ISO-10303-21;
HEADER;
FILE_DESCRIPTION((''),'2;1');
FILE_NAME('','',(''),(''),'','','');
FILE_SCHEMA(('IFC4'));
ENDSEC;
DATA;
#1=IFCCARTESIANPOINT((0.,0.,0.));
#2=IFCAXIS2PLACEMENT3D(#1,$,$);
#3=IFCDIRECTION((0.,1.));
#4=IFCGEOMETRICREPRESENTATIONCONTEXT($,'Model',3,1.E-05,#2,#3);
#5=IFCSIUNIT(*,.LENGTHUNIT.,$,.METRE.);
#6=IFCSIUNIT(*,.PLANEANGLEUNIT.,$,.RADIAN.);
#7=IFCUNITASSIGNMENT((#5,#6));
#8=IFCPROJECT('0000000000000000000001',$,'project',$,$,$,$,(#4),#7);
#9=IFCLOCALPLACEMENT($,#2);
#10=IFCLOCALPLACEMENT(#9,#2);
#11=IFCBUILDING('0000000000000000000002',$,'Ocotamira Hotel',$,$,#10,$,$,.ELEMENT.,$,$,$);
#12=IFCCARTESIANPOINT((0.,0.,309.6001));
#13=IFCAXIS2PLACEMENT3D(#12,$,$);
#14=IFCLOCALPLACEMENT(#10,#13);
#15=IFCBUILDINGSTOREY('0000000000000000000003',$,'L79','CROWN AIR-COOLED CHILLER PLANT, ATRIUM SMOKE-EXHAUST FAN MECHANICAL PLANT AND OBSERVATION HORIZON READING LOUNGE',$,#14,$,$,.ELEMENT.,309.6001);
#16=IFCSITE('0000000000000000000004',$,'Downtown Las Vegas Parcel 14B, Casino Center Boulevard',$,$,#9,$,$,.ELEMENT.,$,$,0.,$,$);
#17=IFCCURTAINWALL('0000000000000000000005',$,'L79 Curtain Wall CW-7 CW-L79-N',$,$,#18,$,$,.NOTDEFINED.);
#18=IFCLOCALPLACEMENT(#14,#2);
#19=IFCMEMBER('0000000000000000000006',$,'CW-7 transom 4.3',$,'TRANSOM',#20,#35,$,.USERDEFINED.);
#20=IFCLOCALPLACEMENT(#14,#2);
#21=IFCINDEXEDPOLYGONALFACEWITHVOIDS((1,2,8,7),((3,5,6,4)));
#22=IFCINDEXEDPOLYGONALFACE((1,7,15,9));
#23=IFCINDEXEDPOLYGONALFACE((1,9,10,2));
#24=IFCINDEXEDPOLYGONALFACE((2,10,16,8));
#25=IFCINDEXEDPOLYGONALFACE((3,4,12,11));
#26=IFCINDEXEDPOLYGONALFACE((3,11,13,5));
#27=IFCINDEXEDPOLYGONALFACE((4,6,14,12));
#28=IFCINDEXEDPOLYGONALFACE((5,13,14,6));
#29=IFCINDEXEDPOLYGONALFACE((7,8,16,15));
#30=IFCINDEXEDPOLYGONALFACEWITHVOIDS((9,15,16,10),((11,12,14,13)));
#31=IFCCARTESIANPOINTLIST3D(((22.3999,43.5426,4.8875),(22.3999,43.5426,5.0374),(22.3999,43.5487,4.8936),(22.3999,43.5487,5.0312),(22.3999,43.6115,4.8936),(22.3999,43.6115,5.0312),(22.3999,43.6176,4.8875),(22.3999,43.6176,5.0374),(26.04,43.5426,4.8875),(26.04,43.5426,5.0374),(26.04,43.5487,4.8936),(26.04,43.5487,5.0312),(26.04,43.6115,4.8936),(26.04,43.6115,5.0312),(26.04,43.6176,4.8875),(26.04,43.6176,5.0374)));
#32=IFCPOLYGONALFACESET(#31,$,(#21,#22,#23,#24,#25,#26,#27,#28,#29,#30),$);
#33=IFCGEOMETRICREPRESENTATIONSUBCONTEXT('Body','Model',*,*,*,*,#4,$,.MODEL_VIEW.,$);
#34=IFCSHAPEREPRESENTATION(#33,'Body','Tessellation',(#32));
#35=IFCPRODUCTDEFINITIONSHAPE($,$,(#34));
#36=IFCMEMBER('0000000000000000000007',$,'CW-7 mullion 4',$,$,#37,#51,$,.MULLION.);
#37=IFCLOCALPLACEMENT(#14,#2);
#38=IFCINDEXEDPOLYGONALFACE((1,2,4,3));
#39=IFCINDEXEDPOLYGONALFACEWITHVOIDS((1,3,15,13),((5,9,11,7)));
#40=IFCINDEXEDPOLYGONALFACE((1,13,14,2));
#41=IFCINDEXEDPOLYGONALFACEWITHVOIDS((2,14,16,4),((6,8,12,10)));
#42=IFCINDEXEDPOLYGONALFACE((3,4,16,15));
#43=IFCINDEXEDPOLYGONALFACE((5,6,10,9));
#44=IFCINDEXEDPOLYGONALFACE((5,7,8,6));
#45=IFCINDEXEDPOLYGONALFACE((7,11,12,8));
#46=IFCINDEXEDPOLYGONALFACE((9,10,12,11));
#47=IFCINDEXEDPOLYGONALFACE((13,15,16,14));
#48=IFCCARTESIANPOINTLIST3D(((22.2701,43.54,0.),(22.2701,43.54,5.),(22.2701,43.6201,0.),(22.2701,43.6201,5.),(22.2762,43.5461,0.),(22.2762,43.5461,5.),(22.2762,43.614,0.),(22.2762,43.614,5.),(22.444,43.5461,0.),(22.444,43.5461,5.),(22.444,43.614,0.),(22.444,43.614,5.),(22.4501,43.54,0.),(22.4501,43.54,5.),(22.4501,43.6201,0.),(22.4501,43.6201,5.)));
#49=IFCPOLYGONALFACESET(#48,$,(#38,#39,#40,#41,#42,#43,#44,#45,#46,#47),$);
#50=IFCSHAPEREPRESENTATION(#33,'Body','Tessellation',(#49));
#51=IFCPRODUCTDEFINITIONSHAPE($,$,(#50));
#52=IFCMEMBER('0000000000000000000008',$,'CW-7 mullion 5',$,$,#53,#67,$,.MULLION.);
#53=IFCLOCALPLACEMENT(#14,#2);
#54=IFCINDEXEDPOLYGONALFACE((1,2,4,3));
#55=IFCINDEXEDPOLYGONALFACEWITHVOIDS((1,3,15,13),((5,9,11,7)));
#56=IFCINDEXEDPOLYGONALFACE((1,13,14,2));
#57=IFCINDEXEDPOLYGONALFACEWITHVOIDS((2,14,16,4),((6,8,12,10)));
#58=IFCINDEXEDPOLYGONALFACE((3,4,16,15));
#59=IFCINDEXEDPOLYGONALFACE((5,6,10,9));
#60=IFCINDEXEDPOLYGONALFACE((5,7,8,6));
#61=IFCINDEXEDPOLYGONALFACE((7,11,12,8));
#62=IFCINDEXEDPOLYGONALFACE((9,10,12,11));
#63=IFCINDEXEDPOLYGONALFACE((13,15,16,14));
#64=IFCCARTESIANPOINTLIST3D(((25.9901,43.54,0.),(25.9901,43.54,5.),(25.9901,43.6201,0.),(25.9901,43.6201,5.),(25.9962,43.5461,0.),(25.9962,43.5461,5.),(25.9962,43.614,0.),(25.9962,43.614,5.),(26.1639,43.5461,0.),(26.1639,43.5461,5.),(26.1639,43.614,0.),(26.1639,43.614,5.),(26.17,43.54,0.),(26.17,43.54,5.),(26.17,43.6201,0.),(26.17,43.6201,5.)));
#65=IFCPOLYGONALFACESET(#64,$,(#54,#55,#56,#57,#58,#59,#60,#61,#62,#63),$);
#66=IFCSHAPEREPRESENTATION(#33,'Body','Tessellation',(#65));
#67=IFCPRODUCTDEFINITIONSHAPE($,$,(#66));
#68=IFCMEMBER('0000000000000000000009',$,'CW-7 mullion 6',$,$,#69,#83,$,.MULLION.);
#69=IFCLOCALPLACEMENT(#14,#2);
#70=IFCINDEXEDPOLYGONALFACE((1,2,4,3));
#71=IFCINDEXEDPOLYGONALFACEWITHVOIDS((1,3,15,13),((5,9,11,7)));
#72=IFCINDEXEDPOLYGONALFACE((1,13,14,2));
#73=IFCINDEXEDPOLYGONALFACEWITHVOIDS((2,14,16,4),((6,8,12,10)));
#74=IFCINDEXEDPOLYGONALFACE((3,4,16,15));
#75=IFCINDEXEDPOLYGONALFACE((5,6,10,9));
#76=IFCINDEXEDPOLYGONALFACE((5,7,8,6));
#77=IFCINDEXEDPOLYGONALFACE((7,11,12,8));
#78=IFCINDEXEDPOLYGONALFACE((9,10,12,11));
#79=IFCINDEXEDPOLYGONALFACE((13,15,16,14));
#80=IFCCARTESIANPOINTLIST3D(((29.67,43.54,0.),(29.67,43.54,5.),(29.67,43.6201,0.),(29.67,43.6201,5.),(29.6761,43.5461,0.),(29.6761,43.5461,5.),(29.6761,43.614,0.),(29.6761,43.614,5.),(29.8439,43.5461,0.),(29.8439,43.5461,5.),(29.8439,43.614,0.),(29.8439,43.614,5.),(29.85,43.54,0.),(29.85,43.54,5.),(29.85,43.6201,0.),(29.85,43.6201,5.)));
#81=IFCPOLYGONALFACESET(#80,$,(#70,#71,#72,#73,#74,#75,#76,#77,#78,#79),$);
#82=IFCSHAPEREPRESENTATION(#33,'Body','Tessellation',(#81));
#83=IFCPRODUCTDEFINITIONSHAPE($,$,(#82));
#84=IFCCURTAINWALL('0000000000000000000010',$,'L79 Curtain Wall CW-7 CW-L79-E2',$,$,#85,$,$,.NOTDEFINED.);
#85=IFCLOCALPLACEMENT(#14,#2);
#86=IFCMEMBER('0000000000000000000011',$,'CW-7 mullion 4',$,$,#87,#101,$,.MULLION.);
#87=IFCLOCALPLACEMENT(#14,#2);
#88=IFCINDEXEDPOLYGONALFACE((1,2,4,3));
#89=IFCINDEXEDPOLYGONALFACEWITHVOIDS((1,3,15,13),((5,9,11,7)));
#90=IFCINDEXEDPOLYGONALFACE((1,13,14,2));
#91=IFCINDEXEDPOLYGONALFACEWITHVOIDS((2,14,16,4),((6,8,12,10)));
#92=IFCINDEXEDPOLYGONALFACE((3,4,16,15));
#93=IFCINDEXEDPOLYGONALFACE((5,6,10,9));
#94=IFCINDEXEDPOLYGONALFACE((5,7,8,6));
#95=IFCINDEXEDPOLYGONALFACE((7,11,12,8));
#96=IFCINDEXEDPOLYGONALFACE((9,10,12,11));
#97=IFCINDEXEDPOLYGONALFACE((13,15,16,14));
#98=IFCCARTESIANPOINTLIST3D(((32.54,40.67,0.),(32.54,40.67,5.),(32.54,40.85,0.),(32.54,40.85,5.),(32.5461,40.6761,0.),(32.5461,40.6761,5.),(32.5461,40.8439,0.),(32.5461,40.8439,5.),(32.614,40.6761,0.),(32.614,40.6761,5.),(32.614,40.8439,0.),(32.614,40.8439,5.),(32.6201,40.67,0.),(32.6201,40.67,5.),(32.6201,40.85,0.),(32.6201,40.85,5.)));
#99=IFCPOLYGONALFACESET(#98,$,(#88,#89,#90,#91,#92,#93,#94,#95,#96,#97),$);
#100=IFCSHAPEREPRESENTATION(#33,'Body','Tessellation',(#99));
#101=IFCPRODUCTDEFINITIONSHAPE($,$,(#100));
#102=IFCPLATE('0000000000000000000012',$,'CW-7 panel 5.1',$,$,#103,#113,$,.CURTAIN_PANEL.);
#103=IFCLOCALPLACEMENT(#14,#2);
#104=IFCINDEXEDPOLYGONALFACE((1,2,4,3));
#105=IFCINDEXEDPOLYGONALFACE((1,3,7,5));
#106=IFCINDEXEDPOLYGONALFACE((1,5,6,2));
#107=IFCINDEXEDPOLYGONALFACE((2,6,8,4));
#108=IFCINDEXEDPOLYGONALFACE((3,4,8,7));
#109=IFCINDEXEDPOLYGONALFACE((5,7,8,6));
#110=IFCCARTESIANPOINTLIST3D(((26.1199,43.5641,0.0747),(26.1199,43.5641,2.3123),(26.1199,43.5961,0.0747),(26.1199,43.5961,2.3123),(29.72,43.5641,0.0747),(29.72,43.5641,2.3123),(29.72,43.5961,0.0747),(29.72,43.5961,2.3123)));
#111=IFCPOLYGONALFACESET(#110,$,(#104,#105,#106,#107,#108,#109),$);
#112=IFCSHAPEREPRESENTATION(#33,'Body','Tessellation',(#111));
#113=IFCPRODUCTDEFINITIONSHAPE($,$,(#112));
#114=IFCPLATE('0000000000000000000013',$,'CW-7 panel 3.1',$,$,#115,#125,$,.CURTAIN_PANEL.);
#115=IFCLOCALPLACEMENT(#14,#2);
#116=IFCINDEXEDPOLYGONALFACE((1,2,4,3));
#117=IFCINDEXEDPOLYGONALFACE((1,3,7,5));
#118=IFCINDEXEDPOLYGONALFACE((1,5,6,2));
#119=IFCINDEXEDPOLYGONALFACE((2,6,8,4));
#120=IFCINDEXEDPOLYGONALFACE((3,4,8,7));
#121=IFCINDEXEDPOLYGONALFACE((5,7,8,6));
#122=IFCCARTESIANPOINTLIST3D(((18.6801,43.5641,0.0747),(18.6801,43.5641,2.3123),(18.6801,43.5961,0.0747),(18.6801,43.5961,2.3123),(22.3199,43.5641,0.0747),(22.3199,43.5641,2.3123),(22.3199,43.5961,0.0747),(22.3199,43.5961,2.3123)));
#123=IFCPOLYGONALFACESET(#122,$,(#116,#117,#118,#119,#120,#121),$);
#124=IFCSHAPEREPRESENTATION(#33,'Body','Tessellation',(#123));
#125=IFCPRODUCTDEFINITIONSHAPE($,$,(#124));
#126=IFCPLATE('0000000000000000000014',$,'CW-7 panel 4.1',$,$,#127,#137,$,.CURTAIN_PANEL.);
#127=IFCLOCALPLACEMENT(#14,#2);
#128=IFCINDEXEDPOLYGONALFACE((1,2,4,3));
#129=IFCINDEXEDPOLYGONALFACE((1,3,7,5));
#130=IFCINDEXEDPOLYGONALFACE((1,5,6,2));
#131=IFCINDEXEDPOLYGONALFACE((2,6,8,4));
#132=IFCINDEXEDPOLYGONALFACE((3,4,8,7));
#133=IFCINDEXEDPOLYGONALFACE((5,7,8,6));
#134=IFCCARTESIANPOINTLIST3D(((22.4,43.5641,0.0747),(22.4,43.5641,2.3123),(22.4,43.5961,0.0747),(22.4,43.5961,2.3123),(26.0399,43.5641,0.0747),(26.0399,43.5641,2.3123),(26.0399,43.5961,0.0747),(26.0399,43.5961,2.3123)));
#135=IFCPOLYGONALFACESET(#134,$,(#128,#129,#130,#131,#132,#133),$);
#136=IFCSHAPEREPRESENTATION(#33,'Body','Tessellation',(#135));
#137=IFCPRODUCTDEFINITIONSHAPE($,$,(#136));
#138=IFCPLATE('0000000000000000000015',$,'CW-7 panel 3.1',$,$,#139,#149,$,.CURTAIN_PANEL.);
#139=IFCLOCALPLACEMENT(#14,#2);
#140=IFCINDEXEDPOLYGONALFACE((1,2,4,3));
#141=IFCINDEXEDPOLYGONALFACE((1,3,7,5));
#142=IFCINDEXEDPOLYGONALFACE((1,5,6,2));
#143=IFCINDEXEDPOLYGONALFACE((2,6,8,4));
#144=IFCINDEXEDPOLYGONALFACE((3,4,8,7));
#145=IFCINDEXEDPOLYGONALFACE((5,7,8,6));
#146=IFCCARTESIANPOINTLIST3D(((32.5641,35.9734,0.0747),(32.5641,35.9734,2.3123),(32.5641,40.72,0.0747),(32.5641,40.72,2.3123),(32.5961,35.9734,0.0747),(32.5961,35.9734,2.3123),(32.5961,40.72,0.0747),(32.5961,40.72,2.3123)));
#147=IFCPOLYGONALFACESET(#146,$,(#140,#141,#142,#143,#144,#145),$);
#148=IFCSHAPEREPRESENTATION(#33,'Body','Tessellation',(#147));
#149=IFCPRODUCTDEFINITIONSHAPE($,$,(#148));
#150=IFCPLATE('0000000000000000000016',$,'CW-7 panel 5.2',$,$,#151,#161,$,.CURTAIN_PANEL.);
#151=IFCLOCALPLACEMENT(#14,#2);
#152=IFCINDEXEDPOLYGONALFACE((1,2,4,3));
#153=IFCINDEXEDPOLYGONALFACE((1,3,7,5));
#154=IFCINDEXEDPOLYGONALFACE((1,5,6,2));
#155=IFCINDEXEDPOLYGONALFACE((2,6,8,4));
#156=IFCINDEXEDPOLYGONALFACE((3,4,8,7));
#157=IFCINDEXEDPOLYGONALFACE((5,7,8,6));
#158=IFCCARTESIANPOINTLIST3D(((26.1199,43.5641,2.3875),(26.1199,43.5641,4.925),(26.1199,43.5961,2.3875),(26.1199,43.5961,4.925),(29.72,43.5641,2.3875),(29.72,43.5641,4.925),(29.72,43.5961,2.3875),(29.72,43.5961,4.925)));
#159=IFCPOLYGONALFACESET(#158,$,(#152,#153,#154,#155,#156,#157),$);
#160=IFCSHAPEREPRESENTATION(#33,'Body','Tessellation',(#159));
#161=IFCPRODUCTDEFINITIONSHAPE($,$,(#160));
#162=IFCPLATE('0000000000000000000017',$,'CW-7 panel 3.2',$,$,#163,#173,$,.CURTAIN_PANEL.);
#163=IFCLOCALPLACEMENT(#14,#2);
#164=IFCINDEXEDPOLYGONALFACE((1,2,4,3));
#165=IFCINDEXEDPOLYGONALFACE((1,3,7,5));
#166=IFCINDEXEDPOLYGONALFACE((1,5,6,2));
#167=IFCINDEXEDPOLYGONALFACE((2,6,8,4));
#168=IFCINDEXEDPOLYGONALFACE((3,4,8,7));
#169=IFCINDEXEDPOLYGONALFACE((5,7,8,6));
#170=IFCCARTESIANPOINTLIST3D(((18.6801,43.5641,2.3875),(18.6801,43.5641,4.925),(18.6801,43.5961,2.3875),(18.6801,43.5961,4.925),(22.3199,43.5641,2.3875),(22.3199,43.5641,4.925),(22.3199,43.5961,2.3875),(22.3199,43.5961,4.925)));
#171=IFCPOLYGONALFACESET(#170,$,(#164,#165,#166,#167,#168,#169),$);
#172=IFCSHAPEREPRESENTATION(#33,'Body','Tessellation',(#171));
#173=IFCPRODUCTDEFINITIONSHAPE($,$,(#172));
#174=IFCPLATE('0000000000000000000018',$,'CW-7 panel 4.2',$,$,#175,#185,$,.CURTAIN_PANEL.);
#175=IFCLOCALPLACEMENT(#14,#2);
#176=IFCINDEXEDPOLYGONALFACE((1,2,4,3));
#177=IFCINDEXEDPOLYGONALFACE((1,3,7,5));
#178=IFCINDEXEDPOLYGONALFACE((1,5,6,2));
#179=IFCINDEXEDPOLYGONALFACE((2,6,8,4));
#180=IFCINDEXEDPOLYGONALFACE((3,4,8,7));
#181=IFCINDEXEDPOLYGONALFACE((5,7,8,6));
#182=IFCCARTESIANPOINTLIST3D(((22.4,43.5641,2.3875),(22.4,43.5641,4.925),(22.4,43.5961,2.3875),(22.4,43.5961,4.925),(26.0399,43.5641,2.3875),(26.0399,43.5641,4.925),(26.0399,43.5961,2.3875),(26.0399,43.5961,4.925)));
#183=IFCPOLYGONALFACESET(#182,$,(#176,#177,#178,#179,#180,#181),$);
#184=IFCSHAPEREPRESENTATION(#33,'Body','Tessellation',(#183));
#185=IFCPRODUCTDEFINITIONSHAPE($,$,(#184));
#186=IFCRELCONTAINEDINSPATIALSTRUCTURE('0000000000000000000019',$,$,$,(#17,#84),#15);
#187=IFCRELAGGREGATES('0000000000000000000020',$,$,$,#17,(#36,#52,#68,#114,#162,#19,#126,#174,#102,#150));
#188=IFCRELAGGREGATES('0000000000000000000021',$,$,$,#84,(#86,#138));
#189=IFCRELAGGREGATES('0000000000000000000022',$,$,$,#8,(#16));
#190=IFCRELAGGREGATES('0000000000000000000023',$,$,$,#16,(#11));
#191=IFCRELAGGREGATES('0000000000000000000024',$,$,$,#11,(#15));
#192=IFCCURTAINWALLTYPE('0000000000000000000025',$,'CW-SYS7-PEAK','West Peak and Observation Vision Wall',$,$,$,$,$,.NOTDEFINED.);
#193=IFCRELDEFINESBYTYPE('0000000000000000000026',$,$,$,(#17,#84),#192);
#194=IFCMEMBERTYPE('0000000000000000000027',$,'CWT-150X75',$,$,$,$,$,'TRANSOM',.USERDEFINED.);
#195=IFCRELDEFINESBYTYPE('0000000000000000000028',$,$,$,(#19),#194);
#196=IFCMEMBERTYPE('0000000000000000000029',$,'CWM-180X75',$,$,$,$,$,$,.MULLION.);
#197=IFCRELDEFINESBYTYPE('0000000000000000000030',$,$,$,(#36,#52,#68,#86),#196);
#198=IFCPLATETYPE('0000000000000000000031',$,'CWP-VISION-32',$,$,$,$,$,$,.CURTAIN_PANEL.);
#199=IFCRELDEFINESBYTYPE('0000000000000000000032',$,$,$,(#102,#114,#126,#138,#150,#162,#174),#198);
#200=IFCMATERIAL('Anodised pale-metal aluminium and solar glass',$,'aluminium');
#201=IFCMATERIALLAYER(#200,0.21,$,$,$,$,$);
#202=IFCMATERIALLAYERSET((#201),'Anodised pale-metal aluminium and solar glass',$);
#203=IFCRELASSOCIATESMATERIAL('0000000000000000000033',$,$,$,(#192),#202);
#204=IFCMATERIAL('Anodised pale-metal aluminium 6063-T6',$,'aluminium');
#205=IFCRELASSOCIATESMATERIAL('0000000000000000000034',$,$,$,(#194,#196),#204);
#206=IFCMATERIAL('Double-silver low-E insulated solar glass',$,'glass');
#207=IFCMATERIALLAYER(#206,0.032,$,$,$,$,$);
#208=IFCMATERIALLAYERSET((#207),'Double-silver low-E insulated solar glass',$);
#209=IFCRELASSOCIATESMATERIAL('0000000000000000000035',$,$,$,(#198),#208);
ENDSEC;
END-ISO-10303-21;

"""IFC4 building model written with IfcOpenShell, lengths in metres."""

from ifc_helpers import new_model, si_unit, direction, frame, origin, origin_2d, place, context, subcontext, project, spatial, rectangle, hollow_rectangle, extrude, source, transform, mapped, material, layer, layer_set, material_profile, profile_set, type_object, element, aggregate, save


model = new_model("IFC4")

# Units and contexts
model_context = context("Model", 3, precision=1e-05, world=origin(), true_north=direction((0.0, 1.0)))
body_context = subcontext(model_context, "Body", "Model", "MODEL_VIEW")
ifc_project = project(units=[si_unit("LENGTHUNIT", "METRE"), si_unit("PLANEANGLEUNIT", "RADIAN")], contexts=[model_context])

# Site, building, storey
site_placement = place(None, origin())
site = spatial("IfcSite", under=ifc_project, at=site_placement, Name="Downtown Las Vegas Parcel 14B, Casino Center Boulevard", CompositionType="ELEMENT", RefElevation=0.0)
building_placement = place(site_placement, origin())
building = spatial("IfcBuilding", under=site, at=building_placement, Name="Ocotamira Hotel", CompositionType="ELEMENT")
storey_placement = place(building_placement, frame((0.0, 0.0, 309.6001)))
storey = spatial("IfcBuildingStorey", under=building, at=storey_placement, Name="L79", Description="CROWN AIR-COOLED CHILLER PLANT, ATRIUM SMOKE-EXHAUST FAN MECHANICAL PLANT AND OBSERVATION HORIZON READING LOUNGE", CompositionType="ELEMENT", Elevation=309.6001)

# Curtain wall, members
ifc_material_1 = material(Name="Anodised pale-metal aluminium and solar glass", Category="aluminium")
ifc_layer_1 = layer(ifc_material_1, 0.21)
ifc_layer_set_1 = layer_set([ifc_layer_1], Name="Anodised pale-metal aluminium and solar glass")
curtain_wall_type = type_object("IfcCurtainWallType", Name="CW-SYS7-PEAK", Description="West Peak and Observation Vision Wall", PredefinedType="NOTDEFINED", material=ifc_layer_set_1)
curtain_wall_1_placement = place(storey_placement, origin())
curtain_wall_1 = element("IfcCurtainWall", 1, at=curtain_wall_1_placement, inside=storey, type_object=curtain_wall_type, Name="L79 Curtain Wall CW-7 CW-L79-N", PredefinedType="NOTDEFINED")
ifc_material_2 = material(Name="Anodised pale-metal aluminium 6063-T6", Category="aluminium")
ifc_material_profile_1 = material_profile(ifc_material_2, hollow_rectangle(XDim=0.075, YDim=0.1499, WallThickness=0.0061, at=origin_2d()), Name="HSS150X75X6")
ifc_profile_set_1 = profile_set([ifc_material_profile_1], Name="Anodised pale-metal aluminium 6063-T6")
member_type_1 = type_object("IfcMemberType", Name="CWT-150X75", ElementType="TRANSOM", PredefinedType="USERDEFINED", material=ifc_profile_set_1)
shared_shape_1 = source(origin(), body_context, "Body", "SweptSolid", [
    extrude(hollow_rectangle(XDim=0.075, YDim=0.1499, WallThickness=0.0061, at=origin_2d()), origin(), (0.0, 0.0, 1.0), 3.6401),
])
member_1_placement = place(storey_placement, frame((22.3999, 43.5801, 4.9624), z_axis=(1.0, 0.0, 0.0), x_axis=(0.0, 1.0, 0.0)))
member_1 = element("IfcMember", 2, at=member_1_placement, type_object=member_type_1, Name="CW-7 transom 4.3", ObjectType="TRANSOM", PredefinedType="USERDEFINED", context=body_context, shape_type="MappedRepresentation", body=[
    mapped(shared_shape_1, transform((0.0, 0.0, 0.0), scale=1.0)),
])
ifc_material_profile_2 = material_profile(ifc_material_2, hollow_rectangle(XDim=0.0801, YDim=0.1799, WallThickness=0.0061, at=origin_2d()), Name="HSS180X80X6")
ifc_profile_set_2 = profile_set([ifc_material_profile_2], Name="Anodised pale-metal aluminium 6063-T6")
member_type_2 = type_object("IfcMemberType", Name="CWM-180X75", PredefinedType="MULLION", material=ifc_profile_set_2)
shared_shape_2 = source(origin(), body_context, "Body", "SweptSolid", [
    extrude(hollow_rectangle(XDim=0.0801, YDim=0.1799, WallThickness=0.0061, at=origin_2d()), origin(), (0.0, 0.0, 1.0), 5.0),
])
member_2_placement = place(storey_placement, frame((22.3601, 43.5801, 0.0), z_axis=(0.0, 0.0, 1.0), x_axis=(0.0, 1.0, 0.0)))
member_2 = element("IfcMember", 3, at=member_2_placement, type_object=member_type_2, Name="CW-7 mullion 4", PredefinedType="MULLION", context=body_context, shape_type="MappedRepresentation", body=[
    mapped(shared_shape_2, transform((0.0, 0.0, 0.0), scale=1.0)),
])
member_3_placement = place(storey_placement, frame((26.0801, 43.5801, 0.0), z_axis=(0.0, 0.0, 1.0), x_axis=(0.0, 1.0, 0.0)))
member_3 = element("IfcMember", 4, at=member_3_placement, type_object=member_type_2, Name="CW-7 mullion 5", PredefinedType="MULLION", context=body_context, shape_type="MappedRepresentation", body=[
    mapped(shared_shape_2, transform((0.0, 0.0, 0.0), scale=1.0)),
])
member_4_placement = place(storey_placement, frame((29.76, 43.5801, 0.0), z_axis=(0.0, 0.0, 1.0), x_axis=(0.0, 1.0, 0.0)))
member_4 = element("IfcMember", 5, at=member_4_placement, type_object=member_type_2, Name="CW-7 mullion 6", PredefinedType="MULLION", context=body_context, shape_type="MappedRepresentation", body=[
    mapped(shared_shape_2, transform((0.0, 0.0, 0.0), scale=1.0)),
])

# Curtain wall, member
curtain_wall_2_placement = place(storey_placement, origin())
curtain_wall_2 = element("IfcCurtainWall", 6, at=curtain_wall_2_placement, inside=storey, type_object=curtain_wall_type, Name="L79 Curtain Wall CW-7 CW-L79-E2", PredefinedType="NOTDEFINED")
member_5_placement = place(storey_placement, frame((32.5801, 40.76, 0.0), z_axis=(0.0, 0.0, 1.0), x_axis=(-1.0, 0.0, 0.0)))
member_5 = element("IfcMember", 7, at=member_5_placement, type_object=member_type_2, Name="CW-7 mullion 4", PredefinedType="MULLION", context=body_context, shape_type="MappedRepresentation", body=[
    mapped(shared_shape_2, transform((0.0, 0.0, 0.0), scale=1.0)),
])

# Plates
ifc_material_3 = material(Name="Double-silver low-E insulated solar glass", Category="glass")
ifc_layer_2 = layer(ifc_material_3, 0.032)
ifc_layer_set_2 = layer_set([ifc_layer_2], Name="Double-silver low-E insulated solar glass")
plate_type = type_object("IfcPlateType", Name="CWP-VISION-32", PredefinedType="CURTAIN_PANEL", material=ifc_layer_set_2)
shared_shape_3 = source(origin(), body_context, "Body", "SweptSolid", [
    extrude(rectangle(XDim=3.6001, YDim=0.032, at=origin_2d()), origin(), (0.0, 0.0, 1.0), 2.2375),
])
plate_1_placement = place(storey_placement, frame((27.9199, 43.5801, 0.0747), z_axis=(0.0, 0.0, 1.0), x_axis=(1.0, 0.0, 0.0)))
plate_1 = element("IfcPlate", 8, at=plate_1_placement, type_object=plate_type, Name="CW-7 panel 5.1", PredefinedType="CURTAIN_PANEL", context=body_context, shape_type="MappedRepresentation", body=[
    mapped(shared_shape_3, transform((0.0, 0.0, 0.0), scale=1.0)),
])
shared_shape_4 = source(origin(), body_context, "Body", "SweptSolid", [
    extrude(rectangle(XDim=3.6399, YDim=0.032, at=origin_2d()), origin(), (0.0, 0.0, 1.0), 2.2375),
])
plate_2_placement = place(storey_placement, frame((20.5, 43.5801, 0.0747), z_axis=(0.0, 0.0, 1.0), x_axis=(1.0, 0.0, 0.0)))
plate_2 = element("IfcPlate", 9, at=plate_2_placement, type_object=plate_type, Name="CW-7 panel 3.1", PredefinedType="CURTAIN_PANEL", context=body_context, shape_type="MappedRepresentation", body=[
    mapped(shared_shape_4, transform((0.0, 0.0, 0.0), scale=1.0)),
])
plate_3_placement = place(storey_placement, frame((24.22, 43.5801, 0.0747), z_axis=(0.0, 0.0, 1.0), x_axis=(1.0, 0.0, 0.0)))
plate_3 = element("IfcPlate", 10, at=plate_3_placement, type_object=plate_type, Name="CW-7 panel 4.1", PredefinedType="CURTAIN_PANEL", context=body_context, shape_type="MappedRepresentation", body=[
    mapped(shared_shape_4, transform((0.0, 0.0, 0.0), scale=1.0)),
])
shared_shape_5 = source(origin(), body_context, "Body", "SweptSolid", [
    extrude(rectangle(XDim=4.7466, YDim=0.032, at=origin_2d()), origin(), (0.0, 0.0, 1.0), 2.2375),
])
plate_4_placement = place(storey_placement, frame((32.5801, 38.3467, 0.0747), z_axis=(0.0, 0.0, 1.0), x_axis=(0.0, 1.0, 0.0)))
plate_4 = element("IfcPlate", 11, at=plate_4_placement, type_object=plate_type, Name="CW-7 panel 3.1", PredefinedType="CURTAIN_PANEL", context=body_context, shape_type="MappedRepresentation", body=[
    mapped(shared_shape_5, transform((0.0, 0.0, 0.0), scale=1.0)),
])
shared_shape_6 = source(origin(), body_context, "Body", "SweptSolid", [
    extrude(rectangle(XDim=3.6001, YDim=0.032, at=origin_2d()), origin(), (0.0, 0.0, 1.0), 2.5376),
])
plate_5_placement = place(storey_placement, frame((27.9199, 43.5801, 2.3875), z_axis=(0.0, 0.0, 1.0), x_axis=(1.0, 0.0, 0.0)))
plate_5 = element("IfcPlate", 12, at=plate_5_placement, type_object=plate_type, Name="CW-7 panel 5.2", PredefinedType="CURTAIN_PANEL", context=body_context, shape_type="MappedRepresentation", body=[
    mapped(shared_shape_6, transform((0.0, 0.0, 0.0), scale=1.0)),
])
shared_shape_7 = source(origin(), body_context, "Body", "SweptSolid", [
    extrude(rectangle(XDim=3.6399, YDim=0.032, at=origin_2d()), origin(), (0.0, 0.0, 1.0), 2.5376),
])
plate_6_placement = place(storey_placement, frame((20.5, 43.5801, 2.3875), z_axis=(0.0, 0.0, 1.0), x_axis=(1.0, 0.0, 0.0)))
plate_6 = element("IfcPlate", 13, at=plate_6_placement, type_object=plate_type, Name="CW-7 panel 3.2", PredefinedType="CURTAIN_PANEL", context=body_context, shape_type="MappedRepresentation", body=[
    mapped(shared_shape_7, transform((0.0, 0.0, 0.0), scale=1.0)),
])
plate_7_placement = place(storey_placement, frame((24.22, 43.5801, 2.3875), z_axis=(0.0, 0.0, 1.0), x_axis=(1.0, 0.0, 0.0)))
plate_7 = element("IfcPlate", 14, at=plate_7_placement, type_object=plate_type, Name="CW-7 panel 4.2", PredefinedType="CURTAIN_PANEL", context=body_context, shape_type="MappedRepresentation", body=[
    mapped(shared_shape_7, transform((0.0, 0.0, 0.0), scale=1.0)),
])
aggregate(curtain_wall_1, [member_2, member_3, member_4, plate_2, plate_6, member_1, plate_3, plate_7, plate_1, plate_5])
aggregate(curtain_wall_2, [member_5, plate_4])

save(model, "model.ifc")
